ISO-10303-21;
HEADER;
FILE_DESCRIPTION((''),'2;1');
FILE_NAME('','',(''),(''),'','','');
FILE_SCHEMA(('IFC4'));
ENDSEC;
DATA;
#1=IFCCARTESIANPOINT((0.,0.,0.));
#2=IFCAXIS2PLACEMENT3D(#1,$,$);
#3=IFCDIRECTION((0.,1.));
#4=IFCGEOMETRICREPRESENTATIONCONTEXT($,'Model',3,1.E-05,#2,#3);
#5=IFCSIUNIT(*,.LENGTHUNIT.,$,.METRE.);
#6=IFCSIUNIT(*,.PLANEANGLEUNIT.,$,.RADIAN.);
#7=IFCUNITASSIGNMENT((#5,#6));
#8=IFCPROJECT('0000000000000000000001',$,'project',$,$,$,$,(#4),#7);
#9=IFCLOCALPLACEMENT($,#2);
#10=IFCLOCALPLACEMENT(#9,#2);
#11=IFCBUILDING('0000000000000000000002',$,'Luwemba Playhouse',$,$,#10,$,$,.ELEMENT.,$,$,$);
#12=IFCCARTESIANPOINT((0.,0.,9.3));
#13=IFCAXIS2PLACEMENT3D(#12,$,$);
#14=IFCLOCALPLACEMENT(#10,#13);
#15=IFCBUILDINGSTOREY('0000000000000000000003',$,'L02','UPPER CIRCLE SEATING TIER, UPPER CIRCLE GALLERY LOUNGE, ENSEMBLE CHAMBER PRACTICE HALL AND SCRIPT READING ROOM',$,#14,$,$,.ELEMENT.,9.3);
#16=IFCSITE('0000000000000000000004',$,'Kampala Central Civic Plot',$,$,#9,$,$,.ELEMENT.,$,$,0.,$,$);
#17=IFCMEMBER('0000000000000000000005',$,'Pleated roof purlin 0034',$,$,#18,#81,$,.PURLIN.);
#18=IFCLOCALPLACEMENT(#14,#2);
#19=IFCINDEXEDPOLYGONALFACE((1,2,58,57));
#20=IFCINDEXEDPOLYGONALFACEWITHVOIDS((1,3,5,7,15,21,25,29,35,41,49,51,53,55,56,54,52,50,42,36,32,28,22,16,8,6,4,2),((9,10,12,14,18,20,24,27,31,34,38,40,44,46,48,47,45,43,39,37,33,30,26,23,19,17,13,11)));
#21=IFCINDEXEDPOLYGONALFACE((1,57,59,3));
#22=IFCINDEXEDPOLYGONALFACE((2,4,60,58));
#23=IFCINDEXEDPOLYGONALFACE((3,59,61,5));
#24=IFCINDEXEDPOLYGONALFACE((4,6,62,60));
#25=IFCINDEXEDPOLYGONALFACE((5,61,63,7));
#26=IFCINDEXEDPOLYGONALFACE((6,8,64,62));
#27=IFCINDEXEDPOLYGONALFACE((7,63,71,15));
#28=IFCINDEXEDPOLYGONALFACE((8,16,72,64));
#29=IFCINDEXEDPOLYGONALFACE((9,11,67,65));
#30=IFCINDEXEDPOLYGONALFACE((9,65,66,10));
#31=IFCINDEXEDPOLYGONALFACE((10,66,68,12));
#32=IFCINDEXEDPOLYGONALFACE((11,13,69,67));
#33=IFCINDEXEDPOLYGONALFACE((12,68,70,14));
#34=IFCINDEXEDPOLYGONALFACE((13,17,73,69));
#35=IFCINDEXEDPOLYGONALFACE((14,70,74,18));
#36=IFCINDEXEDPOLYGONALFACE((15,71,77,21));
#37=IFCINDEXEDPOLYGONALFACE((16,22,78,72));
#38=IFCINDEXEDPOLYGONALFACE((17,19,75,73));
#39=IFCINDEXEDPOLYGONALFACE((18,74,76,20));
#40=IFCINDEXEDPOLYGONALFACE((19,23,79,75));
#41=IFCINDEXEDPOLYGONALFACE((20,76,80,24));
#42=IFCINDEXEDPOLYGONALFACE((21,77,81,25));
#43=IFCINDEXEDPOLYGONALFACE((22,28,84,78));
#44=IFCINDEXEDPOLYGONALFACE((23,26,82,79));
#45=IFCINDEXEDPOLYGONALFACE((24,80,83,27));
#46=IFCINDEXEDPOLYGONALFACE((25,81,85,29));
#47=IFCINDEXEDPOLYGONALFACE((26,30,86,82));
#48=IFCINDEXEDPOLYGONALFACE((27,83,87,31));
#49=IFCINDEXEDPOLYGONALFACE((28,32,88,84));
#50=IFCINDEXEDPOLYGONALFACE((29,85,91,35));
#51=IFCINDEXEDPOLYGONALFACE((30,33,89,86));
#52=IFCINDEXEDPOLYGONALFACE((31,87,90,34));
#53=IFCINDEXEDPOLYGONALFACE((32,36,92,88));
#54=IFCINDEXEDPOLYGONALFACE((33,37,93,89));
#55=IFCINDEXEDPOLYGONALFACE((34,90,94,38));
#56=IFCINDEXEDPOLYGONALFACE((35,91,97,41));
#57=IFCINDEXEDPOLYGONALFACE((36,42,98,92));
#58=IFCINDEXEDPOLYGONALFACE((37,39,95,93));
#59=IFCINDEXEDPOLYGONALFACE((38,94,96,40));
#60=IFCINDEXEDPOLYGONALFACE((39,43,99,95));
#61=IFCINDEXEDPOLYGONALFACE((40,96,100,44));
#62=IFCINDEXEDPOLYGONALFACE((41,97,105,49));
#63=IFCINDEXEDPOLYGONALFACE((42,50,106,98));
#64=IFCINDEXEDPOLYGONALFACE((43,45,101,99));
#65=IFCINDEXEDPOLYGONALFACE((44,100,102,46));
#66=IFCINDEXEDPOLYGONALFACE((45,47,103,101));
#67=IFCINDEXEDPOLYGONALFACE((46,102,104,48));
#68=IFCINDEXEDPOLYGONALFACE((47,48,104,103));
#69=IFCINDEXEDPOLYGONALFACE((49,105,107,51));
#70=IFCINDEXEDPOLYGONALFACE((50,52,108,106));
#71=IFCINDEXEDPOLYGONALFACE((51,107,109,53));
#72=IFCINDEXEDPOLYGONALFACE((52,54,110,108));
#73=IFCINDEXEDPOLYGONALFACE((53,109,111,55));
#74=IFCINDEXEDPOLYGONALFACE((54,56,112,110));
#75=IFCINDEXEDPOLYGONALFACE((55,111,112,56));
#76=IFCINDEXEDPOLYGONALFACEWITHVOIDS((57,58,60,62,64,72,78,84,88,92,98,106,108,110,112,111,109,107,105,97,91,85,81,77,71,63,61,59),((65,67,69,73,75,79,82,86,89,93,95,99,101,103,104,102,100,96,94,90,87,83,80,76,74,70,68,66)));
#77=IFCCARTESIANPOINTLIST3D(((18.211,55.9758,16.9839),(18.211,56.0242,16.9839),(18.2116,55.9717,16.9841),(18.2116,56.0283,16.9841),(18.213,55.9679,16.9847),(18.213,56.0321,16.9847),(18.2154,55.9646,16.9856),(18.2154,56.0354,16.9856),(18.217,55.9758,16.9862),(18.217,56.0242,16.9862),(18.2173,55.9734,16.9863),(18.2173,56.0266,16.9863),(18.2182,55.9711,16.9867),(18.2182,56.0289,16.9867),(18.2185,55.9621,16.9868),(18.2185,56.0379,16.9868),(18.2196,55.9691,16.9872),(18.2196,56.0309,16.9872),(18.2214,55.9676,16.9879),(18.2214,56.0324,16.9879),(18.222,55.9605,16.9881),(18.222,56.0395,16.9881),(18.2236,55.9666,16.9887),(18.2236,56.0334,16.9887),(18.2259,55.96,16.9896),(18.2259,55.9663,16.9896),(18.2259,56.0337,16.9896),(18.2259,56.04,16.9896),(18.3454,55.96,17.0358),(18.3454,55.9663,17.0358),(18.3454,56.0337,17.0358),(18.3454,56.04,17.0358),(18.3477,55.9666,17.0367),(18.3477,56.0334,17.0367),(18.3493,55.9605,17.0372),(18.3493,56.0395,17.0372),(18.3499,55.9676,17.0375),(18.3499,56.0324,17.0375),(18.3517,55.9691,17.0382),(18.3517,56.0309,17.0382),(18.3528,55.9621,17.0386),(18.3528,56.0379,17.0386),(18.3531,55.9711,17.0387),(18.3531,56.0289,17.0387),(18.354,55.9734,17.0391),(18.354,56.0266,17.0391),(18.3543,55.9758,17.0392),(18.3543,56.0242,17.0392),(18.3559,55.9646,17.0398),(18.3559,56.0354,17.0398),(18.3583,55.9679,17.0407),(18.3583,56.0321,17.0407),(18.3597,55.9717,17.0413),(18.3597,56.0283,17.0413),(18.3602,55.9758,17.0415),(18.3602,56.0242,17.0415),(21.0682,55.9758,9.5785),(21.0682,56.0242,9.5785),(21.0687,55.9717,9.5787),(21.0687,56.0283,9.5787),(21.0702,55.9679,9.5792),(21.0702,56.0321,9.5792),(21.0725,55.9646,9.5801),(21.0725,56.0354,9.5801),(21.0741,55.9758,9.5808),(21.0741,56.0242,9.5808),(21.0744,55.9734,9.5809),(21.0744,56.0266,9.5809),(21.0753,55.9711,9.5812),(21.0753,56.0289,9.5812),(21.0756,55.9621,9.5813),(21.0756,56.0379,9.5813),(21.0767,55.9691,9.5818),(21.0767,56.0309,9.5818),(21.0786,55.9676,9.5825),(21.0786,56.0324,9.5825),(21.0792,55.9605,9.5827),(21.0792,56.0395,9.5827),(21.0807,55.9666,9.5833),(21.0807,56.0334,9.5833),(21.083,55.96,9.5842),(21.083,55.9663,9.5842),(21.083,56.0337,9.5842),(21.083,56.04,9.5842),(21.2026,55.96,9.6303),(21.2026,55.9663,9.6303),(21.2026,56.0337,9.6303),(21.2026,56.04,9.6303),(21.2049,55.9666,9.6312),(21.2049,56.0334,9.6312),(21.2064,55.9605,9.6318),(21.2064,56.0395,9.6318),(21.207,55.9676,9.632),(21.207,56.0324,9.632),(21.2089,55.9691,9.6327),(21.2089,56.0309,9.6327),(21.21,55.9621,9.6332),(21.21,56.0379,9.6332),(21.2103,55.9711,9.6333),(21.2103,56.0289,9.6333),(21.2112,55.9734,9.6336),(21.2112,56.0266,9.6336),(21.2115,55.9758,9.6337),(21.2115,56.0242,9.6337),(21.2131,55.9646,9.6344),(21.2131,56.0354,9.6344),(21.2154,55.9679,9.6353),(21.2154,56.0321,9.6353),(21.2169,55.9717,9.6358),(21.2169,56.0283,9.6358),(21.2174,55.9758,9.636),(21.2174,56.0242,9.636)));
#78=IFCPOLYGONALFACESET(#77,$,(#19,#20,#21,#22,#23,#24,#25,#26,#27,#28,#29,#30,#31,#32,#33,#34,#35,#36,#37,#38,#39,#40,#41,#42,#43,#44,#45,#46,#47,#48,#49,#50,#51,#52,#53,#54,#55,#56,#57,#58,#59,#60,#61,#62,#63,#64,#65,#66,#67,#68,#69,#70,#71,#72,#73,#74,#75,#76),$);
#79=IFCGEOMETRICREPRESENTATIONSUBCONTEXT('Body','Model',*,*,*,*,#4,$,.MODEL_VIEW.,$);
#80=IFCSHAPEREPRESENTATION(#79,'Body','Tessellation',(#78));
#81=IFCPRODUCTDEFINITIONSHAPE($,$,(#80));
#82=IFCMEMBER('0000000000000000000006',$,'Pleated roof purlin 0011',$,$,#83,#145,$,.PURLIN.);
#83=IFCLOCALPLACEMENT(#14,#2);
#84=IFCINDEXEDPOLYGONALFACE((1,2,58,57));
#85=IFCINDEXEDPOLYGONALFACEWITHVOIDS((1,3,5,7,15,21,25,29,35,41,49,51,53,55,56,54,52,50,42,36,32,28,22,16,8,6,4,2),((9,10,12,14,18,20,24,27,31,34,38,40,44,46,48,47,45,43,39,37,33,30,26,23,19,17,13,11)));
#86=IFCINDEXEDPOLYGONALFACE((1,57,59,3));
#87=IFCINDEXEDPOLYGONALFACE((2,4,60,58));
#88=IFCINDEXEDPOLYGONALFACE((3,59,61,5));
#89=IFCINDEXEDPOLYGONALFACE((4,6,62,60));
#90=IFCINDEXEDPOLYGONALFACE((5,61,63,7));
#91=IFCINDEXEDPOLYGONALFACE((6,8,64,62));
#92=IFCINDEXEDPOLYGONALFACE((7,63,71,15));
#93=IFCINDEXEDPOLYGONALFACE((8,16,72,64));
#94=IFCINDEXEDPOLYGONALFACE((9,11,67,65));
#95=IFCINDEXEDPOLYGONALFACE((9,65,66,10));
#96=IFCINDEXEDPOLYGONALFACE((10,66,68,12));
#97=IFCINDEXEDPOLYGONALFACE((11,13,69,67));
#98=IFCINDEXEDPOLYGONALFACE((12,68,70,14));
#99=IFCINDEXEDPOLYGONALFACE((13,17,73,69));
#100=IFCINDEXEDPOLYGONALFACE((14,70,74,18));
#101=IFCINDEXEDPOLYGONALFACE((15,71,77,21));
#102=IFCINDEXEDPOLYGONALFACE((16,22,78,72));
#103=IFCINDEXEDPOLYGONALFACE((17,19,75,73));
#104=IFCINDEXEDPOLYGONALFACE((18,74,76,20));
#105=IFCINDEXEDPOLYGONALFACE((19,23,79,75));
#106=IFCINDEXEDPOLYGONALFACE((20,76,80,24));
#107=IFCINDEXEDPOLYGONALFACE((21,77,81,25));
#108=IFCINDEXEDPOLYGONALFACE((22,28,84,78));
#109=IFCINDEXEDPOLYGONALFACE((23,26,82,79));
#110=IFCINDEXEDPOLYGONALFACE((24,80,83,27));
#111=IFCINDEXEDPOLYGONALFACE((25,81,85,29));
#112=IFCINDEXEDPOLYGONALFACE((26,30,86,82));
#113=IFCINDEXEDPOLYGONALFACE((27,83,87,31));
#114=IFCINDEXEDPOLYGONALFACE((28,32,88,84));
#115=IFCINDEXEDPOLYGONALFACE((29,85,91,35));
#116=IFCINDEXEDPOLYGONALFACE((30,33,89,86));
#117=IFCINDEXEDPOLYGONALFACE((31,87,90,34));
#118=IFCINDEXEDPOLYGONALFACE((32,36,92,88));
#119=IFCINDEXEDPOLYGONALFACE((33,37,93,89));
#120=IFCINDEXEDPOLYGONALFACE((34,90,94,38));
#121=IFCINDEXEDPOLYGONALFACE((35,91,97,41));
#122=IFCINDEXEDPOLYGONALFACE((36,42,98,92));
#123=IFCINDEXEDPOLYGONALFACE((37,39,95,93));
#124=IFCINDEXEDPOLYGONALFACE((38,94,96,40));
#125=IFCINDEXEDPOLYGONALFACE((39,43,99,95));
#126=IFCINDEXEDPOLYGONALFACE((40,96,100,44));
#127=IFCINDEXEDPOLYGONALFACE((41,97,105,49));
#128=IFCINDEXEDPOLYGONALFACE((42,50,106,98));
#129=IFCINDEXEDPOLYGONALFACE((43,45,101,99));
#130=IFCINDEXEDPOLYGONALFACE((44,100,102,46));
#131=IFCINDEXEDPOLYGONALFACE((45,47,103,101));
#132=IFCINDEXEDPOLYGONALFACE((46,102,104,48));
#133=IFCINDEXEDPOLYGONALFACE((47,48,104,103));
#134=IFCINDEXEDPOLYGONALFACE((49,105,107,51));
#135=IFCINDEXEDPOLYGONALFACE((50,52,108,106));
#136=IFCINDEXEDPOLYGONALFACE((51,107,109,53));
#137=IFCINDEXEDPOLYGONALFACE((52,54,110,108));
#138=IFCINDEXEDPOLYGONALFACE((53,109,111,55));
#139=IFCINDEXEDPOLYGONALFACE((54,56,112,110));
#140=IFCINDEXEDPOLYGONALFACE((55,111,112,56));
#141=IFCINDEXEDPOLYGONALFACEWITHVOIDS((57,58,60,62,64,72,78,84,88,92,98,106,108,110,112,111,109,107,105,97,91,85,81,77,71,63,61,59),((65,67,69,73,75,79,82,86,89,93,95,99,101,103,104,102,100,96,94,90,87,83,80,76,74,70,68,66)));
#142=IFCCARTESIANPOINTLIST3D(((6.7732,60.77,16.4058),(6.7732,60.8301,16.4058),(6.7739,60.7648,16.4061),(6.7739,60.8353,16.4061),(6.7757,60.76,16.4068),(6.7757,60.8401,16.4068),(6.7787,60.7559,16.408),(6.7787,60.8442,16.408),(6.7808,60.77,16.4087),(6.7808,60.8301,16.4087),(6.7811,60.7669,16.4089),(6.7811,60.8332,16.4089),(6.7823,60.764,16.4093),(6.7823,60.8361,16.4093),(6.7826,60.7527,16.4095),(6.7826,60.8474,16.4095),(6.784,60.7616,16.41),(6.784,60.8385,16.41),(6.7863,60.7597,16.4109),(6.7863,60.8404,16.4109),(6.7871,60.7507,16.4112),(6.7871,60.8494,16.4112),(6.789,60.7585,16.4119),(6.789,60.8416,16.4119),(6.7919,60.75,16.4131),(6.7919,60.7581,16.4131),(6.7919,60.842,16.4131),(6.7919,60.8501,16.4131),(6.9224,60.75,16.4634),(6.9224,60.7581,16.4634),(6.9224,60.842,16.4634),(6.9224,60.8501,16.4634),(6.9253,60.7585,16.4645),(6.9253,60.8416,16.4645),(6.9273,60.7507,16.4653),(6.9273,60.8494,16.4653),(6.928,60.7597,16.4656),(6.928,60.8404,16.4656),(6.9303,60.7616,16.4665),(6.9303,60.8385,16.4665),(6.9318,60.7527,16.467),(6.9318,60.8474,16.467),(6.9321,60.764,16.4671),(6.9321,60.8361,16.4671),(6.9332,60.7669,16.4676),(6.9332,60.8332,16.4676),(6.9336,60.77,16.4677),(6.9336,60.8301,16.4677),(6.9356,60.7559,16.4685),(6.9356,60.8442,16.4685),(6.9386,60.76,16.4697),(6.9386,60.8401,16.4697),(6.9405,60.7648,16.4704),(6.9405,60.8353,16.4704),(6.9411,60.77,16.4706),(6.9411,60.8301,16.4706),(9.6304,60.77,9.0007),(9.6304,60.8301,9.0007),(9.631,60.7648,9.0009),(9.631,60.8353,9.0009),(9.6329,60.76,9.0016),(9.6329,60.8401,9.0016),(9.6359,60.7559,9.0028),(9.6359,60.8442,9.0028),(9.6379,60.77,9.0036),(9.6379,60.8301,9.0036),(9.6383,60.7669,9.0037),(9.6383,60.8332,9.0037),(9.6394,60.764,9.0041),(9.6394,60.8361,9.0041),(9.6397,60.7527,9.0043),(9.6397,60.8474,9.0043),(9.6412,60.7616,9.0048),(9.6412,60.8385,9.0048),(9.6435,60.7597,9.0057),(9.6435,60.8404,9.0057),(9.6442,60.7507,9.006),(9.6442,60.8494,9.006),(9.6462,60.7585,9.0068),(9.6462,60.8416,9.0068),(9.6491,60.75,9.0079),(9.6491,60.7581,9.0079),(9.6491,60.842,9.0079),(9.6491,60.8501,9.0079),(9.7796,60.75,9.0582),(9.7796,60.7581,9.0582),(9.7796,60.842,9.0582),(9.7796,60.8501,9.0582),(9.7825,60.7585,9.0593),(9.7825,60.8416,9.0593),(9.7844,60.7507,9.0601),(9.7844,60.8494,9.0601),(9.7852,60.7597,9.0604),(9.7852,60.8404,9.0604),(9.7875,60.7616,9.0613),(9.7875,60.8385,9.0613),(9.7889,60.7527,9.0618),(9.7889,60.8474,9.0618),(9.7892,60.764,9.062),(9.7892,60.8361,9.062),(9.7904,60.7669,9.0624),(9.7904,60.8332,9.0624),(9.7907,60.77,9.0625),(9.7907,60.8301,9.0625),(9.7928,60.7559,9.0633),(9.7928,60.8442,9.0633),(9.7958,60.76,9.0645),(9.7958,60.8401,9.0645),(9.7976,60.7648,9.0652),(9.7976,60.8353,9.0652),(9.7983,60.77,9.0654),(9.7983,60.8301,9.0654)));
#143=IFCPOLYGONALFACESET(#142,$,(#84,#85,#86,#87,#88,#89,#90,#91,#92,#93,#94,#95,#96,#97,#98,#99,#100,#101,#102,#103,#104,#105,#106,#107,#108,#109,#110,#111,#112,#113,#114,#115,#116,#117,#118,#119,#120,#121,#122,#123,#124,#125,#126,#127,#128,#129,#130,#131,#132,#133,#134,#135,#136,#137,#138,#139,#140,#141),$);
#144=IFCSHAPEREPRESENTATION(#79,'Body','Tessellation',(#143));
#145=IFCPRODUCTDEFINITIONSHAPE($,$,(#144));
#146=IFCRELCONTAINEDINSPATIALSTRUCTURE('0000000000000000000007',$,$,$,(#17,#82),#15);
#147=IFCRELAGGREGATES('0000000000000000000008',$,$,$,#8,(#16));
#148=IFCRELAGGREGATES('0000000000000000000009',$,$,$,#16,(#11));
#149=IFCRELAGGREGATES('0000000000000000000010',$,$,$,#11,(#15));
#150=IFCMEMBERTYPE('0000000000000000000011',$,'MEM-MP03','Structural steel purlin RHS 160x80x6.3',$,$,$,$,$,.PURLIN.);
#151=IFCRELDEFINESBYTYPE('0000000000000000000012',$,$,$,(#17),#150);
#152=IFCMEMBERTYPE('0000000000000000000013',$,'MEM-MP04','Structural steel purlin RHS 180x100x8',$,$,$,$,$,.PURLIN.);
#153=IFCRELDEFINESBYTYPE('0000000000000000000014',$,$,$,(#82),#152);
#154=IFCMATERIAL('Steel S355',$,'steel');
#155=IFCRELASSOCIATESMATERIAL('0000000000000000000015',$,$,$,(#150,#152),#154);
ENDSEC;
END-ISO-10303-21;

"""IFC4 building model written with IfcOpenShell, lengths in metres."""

from ifc_helpers import new_model, si_unit, direction, frame, origin, origin_2d, place, context, subcontext, project, spatial, hollow_rectangle, extrude, material, material_profile, profile_set, type_object, element, save


model = new_model("IFC4")

# Units and contexts
model_context = context("Model", 3, precision=1e-05, world=origin(), true_north=direction((0.0, 1.0)))
body_context = subcontext(model_context, "Body", "Model", "MODEL_VIEW")
ifc_project = project(units=[si_unit("LENGTHUNIT", "METRE"), si_unit("PLANEANGLEUNIT", "RADIAN")], contexts=[model_context])

# Site, building, storey
site_placement = place(None, origin())
site = spatial("IfcSite", under=ifc_project, at=site_placement, Name="Kampala Central Civic Plot", CompositionType="ELEMENT", RefElevation=0.0)
building_placement = place(site_placement, origin())
building = spatial("IfcBuilding", under=site, at=building_placement, Name="Luwemba Playhouse", CompositionType="ELEMENT")
storey_placement = place(building_placement, frame((0.0, 0.0, 9.3)))
storey = spatial("IfcBuildingStorey", under=building, at=storey_placement, Name="L02", Description="UPPER CIRCLE SEATING TIER, UPPER CIRCLE GALLERY LOUNGE, ENSEMBLE CHAMBER PRACTICE HALL AND SCRIPT READING ROOM", CompositionType="ELEMENT", Elevation=9.3)

# Shared definitions
ifc_material_1 = material(Name="Steel S355", Category="steel")

# Members
ifc_material_profile_1 = material_profile(ifc_material_1, hollow_rectangle(XDim=0.0801, YDim=0.1599, WallThickness=0.0063, InnerFilletRadius=0.0095, OuterFilletRadius=0.0159, at=origin_2d()))
ifc_profile_set_1 = profile_set([ifc_material_profile_1], Name="Steel S355")
member_type_1 = type_object("IfcMemberType", Name="MEM-MP03", Description="Structural steel purlin RHS 160x80x6.3", PredefinedType="PURLIN", material=ifc_profile_set_1)
for number, where, z_axis, x_axis, name in (
    (1, (18.2856, 56.0, 17.0127), (0.359956, 0.0, -0.932969), (0.0, 1.0, 0.0), "Pleated roof purlin 0034"),
):
    element("IfcMember", number, at=place(storey_placement, frame(where, z_axis=z_axis, x_axis=x_axis)), inside=storey, type_object=member_type_1, Name=name, PredefinedType="PURLIN", context=body_context, shape_type="SweptSolid", body=[
        extrude(hollow_rectangle(XDim=0.0801, YDim=0.1599, WallThickness=0.0063, InnerFilletRadius=0.0095, OuterFilletRadius=0.0159, at=origin_2d()), origin(), (0.0, 0.0, 1.0), 7.9375),
    ])
ifc_material_profile_2 = material_profile(ifc_material_1, hollow_rectangle(XDim=0.1001, YDim=0.1799, WallThickness=0.0081, InnerFilletRadius=0.012, OuterFilletRadius=0.02, at=origin_2d()))
ifc_profile_set_2 = profile_set([ifc_material_profile_2], Name="Steel S355")
member_type_2 = type_object("IfcMemberType", Name="MEM-MP04", Description="Structural steel purlin RHS 180x100x8", PredefinedType="PURLIN", material=ifc_profile_set_2)
for number, where, z_axis, x_axis, name in (
    (2, (6.8572, 60.8, 16.4382), (0.359966, 0.0, -0.932965), (0.0, 1.0, 0.0), "Pleated roof purlin 0011"),
):
    element("IfcMember", number, at=place(storey_placement, frame(where, z_axis=z_axis, x_axis=x_axis)), inside=storey, type_object=member_type_2, Name=name, PredefinedType="PURLIN", context=body_context, shape_type="SweptSolid", body=[
        extrude(hollow_rectangle(XDim=0.1001, YDim=0.1799, WallThickness=0.0081, InnerFilletRadius=0.012, OuterFilletRadius=0.02, at=origin_2d()), origin(), (0.0, 0.0, 1.0), 7.9373),
    ])

save(model, "model.ifc")
